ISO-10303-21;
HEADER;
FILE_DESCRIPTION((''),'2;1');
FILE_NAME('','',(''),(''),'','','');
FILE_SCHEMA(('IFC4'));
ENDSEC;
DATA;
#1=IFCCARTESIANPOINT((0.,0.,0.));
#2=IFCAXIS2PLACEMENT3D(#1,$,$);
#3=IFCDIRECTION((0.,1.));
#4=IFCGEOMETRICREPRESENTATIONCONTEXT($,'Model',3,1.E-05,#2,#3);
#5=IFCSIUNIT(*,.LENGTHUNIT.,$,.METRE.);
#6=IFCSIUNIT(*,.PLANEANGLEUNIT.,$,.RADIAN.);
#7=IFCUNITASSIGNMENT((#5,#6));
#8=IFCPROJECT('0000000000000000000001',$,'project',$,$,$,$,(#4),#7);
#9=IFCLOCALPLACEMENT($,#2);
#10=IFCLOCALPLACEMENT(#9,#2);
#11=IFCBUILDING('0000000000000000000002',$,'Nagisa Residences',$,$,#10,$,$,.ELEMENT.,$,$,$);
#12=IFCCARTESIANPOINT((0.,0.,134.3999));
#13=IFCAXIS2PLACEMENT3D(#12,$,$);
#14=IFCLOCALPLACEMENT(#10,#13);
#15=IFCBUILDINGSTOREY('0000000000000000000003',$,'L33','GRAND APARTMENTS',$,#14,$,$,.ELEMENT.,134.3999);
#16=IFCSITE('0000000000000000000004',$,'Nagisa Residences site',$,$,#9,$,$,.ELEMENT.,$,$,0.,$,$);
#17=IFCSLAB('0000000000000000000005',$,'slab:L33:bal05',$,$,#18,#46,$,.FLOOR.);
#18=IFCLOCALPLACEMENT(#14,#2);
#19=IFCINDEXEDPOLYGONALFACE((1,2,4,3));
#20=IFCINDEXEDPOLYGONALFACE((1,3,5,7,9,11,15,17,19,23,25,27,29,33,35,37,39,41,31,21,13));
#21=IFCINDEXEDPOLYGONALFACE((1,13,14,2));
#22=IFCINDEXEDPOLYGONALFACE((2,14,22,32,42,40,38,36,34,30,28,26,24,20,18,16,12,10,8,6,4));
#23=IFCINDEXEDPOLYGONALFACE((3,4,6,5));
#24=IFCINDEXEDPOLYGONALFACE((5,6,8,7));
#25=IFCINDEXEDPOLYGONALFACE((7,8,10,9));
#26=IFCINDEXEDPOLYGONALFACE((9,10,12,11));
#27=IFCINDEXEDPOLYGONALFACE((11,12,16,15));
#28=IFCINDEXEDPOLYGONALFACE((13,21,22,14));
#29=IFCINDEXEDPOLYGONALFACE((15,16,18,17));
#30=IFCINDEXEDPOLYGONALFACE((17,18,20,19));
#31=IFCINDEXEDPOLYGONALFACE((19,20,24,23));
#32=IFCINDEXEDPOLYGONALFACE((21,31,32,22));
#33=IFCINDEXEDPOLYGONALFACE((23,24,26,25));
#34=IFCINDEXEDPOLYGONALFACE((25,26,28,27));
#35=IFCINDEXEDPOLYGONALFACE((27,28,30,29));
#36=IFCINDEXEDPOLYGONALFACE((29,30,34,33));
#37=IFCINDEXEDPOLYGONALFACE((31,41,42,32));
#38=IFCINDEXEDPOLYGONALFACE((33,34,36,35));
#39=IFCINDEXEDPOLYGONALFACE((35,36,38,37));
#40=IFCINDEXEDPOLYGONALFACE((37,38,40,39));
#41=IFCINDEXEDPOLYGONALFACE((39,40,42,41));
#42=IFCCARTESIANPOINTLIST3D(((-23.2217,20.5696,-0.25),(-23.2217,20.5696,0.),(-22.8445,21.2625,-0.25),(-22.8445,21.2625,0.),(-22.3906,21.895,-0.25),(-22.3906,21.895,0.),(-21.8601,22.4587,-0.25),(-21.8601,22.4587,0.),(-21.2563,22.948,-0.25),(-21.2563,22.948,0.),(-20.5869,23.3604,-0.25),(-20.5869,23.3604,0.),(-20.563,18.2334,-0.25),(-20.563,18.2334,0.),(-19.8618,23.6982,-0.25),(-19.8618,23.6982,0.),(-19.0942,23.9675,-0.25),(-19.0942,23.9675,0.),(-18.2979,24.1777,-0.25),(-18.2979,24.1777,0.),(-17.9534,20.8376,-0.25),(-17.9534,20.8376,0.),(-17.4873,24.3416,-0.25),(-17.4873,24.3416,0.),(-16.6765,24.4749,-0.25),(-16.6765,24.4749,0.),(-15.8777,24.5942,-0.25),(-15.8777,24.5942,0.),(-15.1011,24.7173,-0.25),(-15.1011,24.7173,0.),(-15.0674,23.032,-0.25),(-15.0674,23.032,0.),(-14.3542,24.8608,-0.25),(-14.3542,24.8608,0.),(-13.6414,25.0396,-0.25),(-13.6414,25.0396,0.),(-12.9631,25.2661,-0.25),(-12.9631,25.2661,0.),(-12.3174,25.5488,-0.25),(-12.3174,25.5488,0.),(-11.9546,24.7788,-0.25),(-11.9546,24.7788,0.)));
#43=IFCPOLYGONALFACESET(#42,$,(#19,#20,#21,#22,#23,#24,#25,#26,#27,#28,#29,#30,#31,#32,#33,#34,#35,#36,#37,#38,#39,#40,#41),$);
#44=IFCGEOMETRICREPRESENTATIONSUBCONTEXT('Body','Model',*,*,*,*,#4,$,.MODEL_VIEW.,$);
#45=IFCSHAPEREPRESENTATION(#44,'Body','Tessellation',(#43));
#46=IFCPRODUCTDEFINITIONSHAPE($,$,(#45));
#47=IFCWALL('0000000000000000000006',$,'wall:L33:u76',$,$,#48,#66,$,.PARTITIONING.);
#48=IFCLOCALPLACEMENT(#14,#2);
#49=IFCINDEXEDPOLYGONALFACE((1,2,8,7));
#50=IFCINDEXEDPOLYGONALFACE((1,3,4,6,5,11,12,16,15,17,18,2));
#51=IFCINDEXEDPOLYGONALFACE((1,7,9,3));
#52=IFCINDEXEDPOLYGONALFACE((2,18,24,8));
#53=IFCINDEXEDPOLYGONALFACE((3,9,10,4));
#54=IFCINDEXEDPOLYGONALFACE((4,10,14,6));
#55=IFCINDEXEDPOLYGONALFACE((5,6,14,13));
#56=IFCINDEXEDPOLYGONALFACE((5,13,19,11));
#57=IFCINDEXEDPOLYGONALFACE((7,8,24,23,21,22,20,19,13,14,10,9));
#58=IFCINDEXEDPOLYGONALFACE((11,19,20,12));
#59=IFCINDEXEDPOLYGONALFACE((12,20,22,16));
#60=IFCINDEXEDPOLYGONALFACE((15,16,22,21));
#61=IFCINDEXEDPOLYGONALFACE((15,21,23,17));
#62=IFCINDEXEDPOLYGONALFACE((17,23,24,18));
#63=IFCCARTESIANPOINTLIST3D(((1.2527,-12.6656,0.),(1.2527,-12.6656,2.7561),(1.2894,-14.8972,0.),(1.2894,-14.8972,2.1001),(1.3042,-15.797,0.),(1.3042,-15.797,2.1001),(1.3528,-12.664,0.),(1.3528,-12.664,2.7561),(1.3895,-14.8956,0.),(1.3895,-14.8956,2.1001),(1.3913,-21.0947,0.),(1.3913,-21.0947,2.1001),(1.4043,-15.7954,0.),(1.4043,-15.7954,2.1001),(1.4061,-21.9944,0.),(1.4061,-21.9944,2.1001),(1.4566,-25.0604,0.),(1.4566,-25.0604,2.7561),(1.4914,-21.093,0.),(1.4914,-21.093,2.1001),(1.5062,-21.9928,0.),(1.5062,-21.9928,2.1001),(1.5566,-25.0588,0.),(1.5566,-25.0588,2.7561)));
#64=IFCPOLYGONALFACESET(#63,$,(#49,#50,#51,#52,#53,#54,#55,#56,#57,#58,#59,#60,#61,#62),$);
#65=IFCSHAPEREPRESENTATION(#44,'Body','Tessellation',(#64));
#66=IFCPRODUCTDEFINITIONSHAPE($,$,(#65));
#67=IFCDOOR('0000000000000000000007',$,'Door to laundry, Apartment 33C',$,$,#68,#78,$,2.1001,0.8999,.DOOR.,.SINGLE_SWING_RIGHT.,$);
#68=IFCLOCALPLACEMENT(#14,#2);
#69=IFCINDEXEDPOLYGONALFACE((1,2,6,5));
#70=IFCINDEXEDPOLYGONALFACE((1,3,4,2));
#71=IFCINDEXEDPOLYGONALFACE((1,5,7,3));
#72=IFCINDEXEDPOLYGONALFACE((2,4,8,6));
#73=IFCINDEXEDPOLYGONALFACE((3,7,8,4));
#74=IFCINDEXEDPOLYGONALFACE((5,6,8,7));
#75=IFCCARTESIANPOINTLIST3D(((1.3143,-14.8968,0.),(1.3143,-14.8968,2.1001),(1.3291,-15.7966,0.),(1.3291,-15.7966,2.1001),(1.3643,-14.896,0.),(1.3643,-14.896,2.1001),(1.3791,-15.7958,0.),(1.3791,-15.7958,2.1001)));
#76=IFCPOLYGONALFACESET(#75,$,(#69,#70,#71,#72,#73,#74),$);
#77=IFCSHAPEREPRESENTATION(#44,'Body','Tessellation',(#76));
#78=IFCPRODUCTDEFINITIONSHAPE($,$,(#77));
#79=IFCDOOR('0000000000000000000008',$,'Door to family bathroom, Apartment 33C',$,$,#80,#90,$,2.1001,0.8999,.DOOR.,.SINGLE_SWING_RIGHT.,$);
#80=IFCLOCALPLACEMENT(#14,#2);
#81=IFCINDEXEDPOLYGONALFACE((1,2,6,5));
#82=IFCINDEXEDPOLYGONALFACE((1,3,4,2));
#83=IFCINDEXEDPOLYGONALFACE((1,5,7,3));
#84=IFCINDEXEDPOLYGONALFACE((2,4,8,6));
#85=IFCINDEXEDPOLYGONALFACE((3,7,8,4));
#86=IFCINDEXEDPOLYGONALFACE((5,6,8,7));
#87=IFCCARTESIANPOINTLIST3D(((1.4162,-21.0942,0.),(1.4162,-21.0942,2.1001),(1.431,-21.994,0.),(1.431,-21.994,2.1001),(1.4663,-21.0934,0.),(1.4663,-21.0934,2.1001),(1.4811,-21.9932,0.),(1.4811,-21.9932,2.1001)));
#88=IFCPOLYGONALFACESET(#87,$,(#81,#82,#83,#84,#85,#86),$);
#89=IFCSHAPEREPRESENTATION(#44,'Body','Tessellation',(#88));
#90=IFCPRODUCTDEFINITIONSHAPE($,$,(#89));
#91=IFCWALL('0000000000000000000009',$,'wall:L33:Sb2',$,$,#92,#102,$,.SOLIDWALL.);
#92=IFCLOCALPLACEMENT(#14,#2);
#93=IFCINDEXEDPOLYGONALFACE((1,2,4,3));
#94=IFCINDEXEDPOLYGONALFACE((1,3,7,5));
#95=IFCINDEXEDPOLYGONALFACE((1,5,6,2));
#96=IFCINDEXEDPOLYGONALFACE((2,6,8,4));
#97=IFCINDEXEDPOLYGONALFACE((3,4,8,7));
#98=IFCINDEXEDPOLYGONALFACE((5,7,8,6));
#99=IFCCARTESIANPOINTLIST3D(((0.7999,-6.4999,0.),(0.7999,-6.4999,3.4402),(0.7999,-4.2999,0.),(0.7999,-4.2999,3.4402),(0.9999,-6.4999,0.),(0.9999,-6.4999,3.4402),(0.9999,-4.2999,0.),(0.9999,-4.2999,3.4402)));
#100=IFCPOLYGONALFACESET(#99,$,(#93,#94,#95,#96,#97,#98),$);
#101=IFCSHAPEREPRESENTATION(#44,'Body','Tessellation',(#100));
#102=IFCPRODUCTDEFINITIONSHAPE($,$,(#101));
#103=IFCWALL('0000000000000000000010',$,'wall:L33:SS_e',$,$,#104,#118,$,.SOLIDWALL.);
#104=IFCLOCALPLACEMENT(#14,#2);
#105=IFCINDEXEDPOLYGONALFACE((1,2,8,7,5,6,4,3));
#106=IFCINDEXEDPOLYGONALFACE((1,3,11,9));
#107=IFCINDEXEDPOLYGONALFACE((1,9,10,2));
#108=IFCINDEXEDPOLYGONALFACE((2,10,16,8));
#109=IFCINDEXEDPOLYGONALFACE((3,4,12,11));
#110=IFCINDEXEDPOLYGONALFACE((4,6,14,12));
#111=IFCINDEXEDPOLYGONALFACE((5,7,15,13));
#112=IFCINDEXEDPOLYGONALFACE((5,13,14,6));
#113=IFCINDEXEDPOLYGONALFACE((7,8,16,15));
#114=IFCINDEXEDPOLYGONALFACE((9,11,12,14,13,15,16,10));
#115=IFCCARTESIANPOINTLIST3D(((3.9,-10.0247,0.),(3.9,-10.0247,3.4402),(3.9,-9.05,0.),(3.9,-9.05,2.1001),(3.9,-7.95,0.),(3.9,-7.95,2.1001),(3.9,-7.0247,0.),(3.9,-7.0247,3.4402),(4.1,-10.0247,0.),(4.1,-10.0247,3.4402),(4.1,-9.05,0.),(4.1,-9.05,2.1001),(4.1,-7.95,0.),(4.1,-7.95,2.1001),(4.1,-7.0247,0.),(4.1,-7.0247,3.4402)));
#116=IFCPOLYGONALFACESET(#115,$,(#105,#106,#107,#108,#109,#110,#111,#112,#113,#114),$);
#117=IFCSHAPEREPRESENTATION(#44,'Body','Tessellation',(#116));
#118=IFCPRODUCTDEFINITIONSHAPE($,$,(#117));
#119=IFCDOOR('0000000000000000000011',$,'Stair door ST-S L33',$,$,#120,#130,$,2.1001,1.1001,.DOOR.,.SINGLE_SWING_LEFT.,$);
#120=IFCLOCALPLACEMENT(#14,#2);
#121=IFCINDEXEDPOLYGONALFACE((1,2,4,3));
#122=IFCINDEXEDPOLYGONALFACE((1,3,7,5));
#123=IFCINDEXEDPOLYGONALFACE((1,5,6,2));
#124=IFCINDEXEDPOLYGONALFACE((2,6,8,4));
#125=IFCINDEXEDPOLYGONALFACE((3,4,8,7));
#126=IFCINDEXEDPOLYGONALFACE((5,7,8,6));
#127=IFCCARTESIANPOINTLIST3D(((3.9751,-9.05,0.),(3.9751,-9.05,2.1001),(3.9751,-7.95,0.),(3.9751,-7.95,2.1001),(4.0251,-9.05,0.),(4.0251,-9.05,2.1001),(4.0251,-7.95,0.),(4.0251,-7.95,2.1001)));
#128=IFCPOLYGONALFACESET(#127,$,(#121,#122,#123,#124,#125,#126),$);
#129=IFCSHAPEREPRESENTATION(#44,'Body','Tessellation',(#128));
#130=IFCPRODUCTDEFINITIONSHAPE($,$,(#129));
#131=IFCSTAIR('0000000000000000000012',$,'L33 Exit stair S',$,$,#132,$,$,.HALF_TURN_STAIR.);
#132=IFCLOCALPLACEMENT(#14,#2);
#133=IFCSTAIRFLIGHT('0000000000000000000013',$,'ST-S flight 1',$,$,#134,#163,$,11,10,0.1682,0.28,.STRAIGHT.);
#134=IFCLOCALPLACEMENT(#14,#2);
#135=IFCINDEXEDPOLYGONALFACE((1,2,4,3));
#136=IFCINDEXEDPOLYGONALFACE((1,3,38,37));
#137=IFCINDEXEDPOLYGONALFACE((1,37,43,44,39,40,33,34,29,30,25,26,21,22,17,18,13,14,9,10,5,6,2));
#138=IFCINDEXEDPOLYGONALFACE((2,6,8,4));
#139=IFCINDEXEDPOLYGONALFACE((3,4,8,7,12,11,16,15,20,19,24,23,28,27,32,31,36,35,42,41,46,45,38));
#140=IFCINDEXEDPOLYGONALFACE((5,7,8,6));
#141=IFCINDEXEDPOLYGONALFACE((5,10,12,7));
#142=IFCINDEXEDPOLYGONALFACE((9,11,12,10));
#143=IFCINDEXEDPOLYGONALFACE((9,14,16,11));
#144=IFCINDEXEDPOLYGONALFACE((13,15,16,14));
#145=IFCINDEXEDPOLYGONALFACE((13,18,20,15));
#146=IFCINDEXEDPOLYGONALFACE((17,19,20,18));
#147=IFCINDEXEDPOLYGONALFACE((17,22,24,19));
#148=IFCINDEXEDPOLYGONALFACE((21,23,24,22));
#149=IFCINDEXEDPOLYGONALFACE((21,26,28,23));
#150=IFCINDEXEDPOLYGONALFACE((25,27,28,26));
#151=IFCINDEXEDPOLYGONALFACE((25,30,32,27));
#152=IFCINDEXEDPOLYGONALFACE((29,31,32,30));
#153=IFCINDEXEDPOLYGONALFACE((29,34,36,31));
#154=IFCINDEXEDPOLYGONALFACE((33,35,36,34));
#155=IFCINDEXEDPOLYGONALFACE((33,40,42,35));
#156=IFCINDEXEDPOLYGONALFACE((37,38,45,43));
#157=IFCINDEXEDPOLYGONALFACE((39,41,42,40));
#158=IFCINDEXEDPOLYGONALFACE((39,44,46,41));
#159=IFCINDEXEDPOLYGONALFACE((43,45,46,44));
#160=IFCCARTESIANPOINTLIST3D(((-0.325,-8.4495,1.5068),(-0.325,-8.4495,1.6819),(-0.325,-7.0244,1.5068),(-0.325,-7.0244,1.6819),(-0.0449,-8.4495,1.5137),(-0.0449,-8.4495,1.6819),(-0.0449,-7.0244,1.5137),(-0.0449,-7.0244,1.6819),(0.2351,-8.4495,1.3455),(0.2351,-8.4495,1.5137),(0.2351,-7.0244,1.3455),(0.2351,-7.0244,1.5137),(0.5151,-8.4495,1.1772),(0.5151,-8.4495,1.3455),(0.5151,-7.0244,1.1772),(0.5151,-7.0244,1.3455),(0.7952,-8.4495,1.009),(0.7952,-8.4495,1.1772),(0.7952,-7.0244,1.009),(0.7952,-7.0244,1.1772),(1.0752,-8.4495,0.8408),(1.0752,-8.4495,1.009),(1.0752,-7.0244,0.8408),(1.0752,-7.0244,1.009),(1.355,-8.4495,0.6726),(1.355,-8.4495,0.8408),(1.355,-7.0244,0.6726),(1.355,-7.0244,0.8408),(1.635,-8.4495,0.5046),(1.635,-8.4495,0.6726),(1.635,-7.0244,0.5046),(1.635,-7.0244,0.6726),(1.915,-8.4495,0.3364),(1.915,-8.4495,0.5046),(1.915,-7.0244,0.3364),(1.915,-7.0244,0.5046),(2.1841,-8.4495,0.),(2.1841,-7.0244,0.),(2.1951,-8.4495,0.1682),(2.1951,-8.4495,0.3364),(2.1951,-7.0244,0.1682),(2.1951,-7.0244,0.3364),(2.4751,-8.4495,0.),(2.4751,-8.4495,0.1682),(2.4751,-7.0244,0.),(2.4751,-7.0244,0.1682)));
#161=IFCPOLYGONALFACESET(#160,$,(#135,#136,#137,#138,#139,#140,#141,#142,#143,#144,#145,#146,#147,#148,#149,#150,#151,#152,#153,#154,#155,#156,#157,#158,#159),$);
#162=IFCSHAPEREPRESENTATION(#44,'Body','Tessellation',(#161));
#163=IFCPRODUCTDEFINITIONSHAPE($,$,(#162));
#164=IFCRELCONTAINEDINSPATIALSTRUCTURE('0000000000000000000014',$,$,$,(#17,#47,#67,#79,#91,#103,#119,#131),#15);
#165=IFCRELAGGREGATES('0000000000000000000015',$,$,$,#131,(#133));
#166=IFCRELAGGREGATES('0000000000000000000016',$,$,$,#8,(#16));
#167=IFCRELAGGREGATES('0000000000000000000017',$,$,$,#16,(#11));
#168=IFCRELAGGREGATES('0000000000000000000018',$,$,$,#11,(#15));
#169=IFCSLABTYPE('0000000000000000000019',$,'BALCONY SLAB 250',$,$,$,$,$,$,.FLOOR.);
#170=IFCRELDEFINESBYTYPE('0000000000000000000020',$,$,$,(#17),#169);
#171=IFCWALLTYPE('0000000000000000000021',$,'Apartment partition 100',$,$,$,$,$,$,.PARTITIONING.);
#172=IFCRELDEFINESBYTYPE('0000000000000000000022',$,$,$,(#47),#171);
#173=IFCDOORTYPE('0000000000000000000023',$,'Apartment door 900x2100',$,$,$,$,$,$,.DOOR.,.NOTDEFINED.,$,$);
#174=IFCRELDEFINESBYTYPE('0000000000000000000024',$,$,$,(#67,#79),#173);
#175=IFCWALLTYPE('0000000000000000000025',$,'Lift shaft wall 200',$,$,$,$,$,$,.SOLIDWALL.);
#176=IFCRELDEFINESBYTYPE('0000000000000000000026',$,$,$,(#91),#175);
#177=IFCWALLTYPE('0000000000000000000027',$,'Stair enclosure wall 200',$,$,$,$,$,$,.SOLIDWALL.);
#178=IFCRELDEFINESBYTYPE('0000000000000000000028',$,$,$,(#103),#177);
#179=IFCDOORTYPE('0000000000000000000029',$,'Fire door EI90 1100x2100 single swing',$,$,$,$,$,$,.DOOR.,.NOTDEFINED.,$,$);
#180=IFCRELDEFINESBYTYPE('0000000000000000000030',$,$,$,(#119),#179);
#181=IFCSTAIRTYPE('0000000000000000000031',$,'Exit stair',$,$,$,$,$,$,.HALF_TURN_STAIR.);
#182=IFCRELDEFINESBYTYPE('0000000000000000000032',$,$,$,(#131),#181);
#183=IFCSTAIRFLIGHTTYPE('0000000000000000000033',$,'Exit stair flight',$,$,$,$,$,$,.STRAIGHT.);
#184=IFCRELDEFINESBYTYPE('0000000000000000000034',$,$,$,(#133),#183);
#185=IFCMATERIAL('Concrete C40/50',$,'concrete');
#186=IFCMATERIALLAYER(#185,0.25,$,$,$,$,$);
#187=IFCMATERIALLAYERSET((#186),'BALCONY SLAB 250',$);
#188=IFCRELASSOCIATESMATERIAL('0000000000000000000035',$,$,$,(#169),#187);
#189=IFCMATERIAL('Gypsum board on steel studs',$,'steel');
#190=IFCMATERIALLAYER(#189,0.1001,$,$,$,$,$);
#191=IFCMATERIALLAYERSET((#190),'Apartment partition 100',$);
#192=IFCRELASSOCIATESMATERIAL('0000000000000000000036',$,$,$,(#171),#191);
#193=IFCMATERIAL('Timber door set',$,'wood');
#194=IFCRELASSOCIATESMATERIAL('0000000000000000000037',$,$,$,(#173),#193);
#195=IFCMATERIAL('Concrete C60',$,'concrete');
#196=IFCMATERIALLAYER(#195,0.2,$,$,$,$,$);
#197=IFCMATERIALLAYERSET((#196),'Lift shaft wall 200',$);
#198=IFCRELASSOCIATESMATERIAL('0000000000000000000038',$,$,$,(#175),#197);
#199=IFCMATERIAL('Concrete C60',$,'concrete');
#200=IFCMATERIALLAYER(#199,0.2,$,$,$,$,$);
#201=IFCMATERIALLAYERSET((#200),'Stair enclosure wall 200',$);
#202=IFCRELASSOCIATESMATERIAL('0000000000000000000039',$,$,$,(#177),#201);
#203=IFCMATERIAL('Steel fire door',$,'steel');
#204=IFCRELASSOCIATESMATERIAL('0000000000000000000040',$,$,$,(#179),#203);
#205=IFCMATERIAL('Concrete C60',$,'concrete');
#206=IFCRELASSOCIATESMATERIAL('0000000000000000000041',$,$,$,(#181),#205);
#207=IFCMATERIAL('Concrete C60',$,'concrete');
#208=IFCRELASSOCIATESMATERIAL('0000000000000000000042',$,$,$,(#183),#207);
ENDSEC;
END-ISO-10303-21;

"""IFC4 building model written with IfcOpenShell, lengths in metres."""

from ifc_helpers import new_model, si_unit, direction, frame, frame_2d, origin, place, context, subcontext, project, spatial, polyline, rectangle, outline, extrude, material, layer, layer_set, type_object, element, fill, aggregate, save


model = new_model("IFC4")

# Units and contexts
model_context = context("Model", 3, precision=1e-05, world=origin(), true_north=direction((0.0, 1.0)))
body_context = subcontext(model_context, "Body", "Model", "MODEL_VIEW")
ifc_project = project(units=[si_unit("LENGTHUNIT", "METRE"), si_unit("PLANEANGLEUNIT", "RADIAN")], contexts=[model_context])

# Site, building, storey
site_placement = place(None, origin())
site = spatial("IfcSite", under=ifc_project, at=site_placement, Name="Nagisa Residences site", CompositionType="ELEMENT", RefElevation=0.0)
building_placement = place(site_placement, origin())
building = spatial("IfcBuilding", under=site, at=building_placement, Name="Nagisa Residences", CompositionType="ELEMENT")
storey_placement = place(building_placement, frame((0.0, 0.0, 134.3999)))
storey = spatial("IfcBuildingStorey", under=building, at=storey_placement, Name="L33", Description="GRAND APARTMENTS", CompositionType="ELEMENT", Elevation=134.3999)

# Slab
ifc_material_1 = material(Name="Concrete C40/50", Category="concrete")
ifc_layer_1 = layer(ifc_material_1, 0.25)
ifc_layer_set_1 = layer_set([ifc_layer_1], Name="BALCONY SLAB 250")
slab_type = type_object("IfcSlabType", Name="BALCONY SLAB 250", PredefinedType="FLOOR", material=ifc_layer_set_1)
slab_1_placement = place(storey_placement, frame((0.0, 0.0, -0.25)))
element("IfcSlab", 1, at=slab_1_placement, inside=storey, type_object=slab_type, Name="slab:L33:bal05", PredefinedType="FLOOR", context=body_context, shape_type="SweptSolid", body=[
    extrude(outline(polyline([(-12.3174, 25.5488), (-12.9631, 25.2661), (-13.6414, 25.0396), (-14.3542, 24.8608), (-15.1011, 24.7173), (-15.8777, 24.5942), (-16.6765, 24.4749), (-17.4873, 24.3416), (-18.2979, 24.1777), (-19.0942, 23.9675), (-19.8618, 23.6982), (-20.5869, 23.3604), (-21.2563, 22.948), (-21.8601, 22.4587), (-22.3906, 21.895), (-22.8445, 21.2625), (-23.2217, 20.5696), (-20.563, 18.2334), (-17.9534, 20.8376), (-15.0674, 23.032), (-11.9546, 24.7788), (-12.3174, 25.5488)])), origin(), (0.0, 0.0, 1.0), 0.25),
])

# Wall, openings, doors
ifc_material_2 = material(Name="Gypsum board on steel studs", Category="steel")
ifc_layer_2 = layer(ifc_material_2, 0.1001)
ifc_layer_set_2 = layer_set([ifc_layer_2], Name="Apartment partition 100")
wall_type_1 = type_object("IfcWallType", Name="Apartment partition 100", PredefinedType="PARTITIONING", material=ifc_layer_set_2)
wall_1_placement = place(storey_placement, frame((1.3027, -12.6648, 0.0), z_axis=(0.0, 0.0, 1.0), x_axis=(0.016445, -0.999865, 0.0)))
wall_1 = element("IfcWall", 2, at=wall_1_placement, inside=storey, type_object=wall_type_1, Name="wall:L33:u76", PredefinedType="PARTITIONING", context=body_context, shape_type="SweptSolid", body=[
    extrude(rectangle(XDim=12.3965, YDim=0.1001, at=frame_2d((6.1982, 0.0))), origin(), (0.0, 0.0, 1.0), 2.7561),
])
opening_1_placement = place(wall_1_placement, frame((2.2319, 0.0, 0.0)))
opening_1 = element("IfcOpeningElement", 3, at=opening_1_placement, cuts=wall_1, PredefinedType="OPENING", context=body_context, shape_type="SweptSolid", body=[
    extrude(rectangle(XDim=0.8999, YDim=2.1001, at=frame_2d((0.45, 1.05))), frame((0.0, 0.0601, 0.0), z_axis=(0.0, -1.0, 0.0), x_axis=(1.0, 0.0, 0.0)), (0.0, 0.0, 1.0), 0.1201),
])
opening_2_placement = place(wall_1_placement, frame((8.4302, 0.0, 0.0)))
opening_2 = element("IfcOpeningElement", 4, at=opening_2_placement, cuts=wall_1, PredefinedType="OPENING", context=body_context, shape_type="SweptSolid", body=[
    extrude(rectangle(XDim=0.8999, YDim=2.1001, at=frame_2d((0.45, 1.05))), frame((0.0, 0.0601, 0.0), z_axis=(0.0, -1.0, 0.0), x_axis=(1.0, 0.0, 0.0)), (0.0, 0.0, 1.0), 0.1201),
])
ifc_material_3 = material(Name="Timber door set", Category="wood")
door_type_1 = type_object("IfcDoorType", Name="Apartment door 900x2100", OperationType="NOTDEFINED", PredefinedType="DOOR", material=ifc_material_3)
door_1_placement = place(opening_1_placement, origin())
door_1 = element("IfcDoor", 5, at=door_1_placement, inside=storey, type_object=door_type_1, Name="Door to laundry, Apartment 33C", OperationType="SINGLE_SWING_RIGHT", OverallHeight=2.1001, OverallWidth=0.8999, PredefinedType="DOOR", context=body_context, shape_type="SweptSolid", body=[
    extrude(rectangle(XDim=0.8999, YDim=2.1001, at=frame_2d((0.45, 1.05))), frame((0.0, 0.0249, 0.0), z_axis=(0.0, -1.0, 0.0), x_axis=(1.0, 0.0, 0.0)), (0.0, 0.0, 1.0), 0.05),
])
fill(opening_1, door_1)
door_2_placement = place(opening_2_placement, origin())
door_2 = element("IfcDoor", 6, at=door_2_placement, inside=storey, type_object=door_type_1, Name="Door to family bathroom, Apartment 33C", OperationType="SINGLE_SWING_RIGHT", OverallHeight=2.1001, OverallWidth=0.8999, PredefinedType="DOOR", context=body_context, shape_type="SweptSolid", body=[
    extrude(rectangle(XDim=0.8999, YDim=2.1001, at=frame_2d((0.45, 1.05))), frame((0.0, 0.0249, 0.0), z_axis=(0.0, -1.0, 0.0), x_axis=(1.0, 0.0, 0.0)), (0.0, 0.0, 1.0), 0.05),
])
fill(opening_2, door_2)

# Wall
ifc_material_4 = material(Name="Concrete C60", Category="concrete")
ifc_layer_3 = layer(ifc_material_4, 0.2)
ifc_layer_set_3 = layer_set([ifc_layer_3], Name="Lift shaft wall 200")
wall_type_2 = type_object("IfcWallType", Name="Lift shaft wall 200", PredefinedType="SOLIDWALL", material=ifc_layer_set_3)
wall_2_placement = place(storey_placement, frame((0.8999, -6.5, 0.0), z_axis=(0.0, 0.0, 1.0), x_axis=(0.0, 1.0, 0.0)))
element("IfcWall", 7, at=wall_2_placement, inside=storey, type_object=wall_type_2, Name="wall:L33:Sb2", PredefinedType="SOLIDWALL", context=body_context, shape_type="SweptSolid", body=[
    extrude(rectangle(XDim=2.2, YDim=0.2, at=frame_2d((1.1001, 0.0))), origin(), (0.0, 0.0, 1.0), 3.4402),
])

# Wall, opening, door
ifc_material_5 = material(Name="Concrete C60", Category="concrete")
ifc_layer_4 = layer(ifc_material_5, 0.2)
ifc_layer_set_4 = layer_set([ifc_layer_4], Name="Stair enclosure wall 200")
wall_type_3 = type_object("IfcWallType", Name="Stair enclosure wall 200", PredefinedType="SOLIDWALL", material=ifc_layer_set_4)
wall_3_placement = place(storey_placement, frame((4.0, -10.0247, 0.0), z_axis=(0.0, 0.0, 1.0), x_axis=(0.0, 1.0, 0.0)))
wall_3 = element("IfcWall", 8, at=wall_3_placement, inside=storey, type_object=wall_type_3, Name="wall:L33:SS_e", PredefinedType="SOLIDWALL", context=body_context, shape_type="SweptSolid", body=[
    extrude(rectangle(XDim=3.0, YDim=0.2, at=frame_2d((1.5, 0.0))), origin(), (0.0, 0.0, 1.0), 3.4402),
])
opening_3_placement = place(wall_3_placement, frame((0.9746, 0.0, 0.0)))
opening_3 = element("IfcOpeningElement", 9, at=opening_3_placement, cuts=wall_3, PredefinedType="OPENING", context=body_context, shape_type="SweptSolid", body=[
    extrude(rectangle(XDim=1.1001, YDim=2.1001, at=frame_2d((0.55, 1.05))), frame((0.0, 0.1099, 0.0), z_axis=(0.0, -1.0, 0.0), x_axis=(1.0, 0.0, 0.0)), (0.0, 0.0, 1.0), 0.22),
])
ifc_material_6 = material(Name="Steel fire door", Category="steel")
door_type_2 = type_object("IfcDoorType", Name="Fire door EI90 1100x2100 single swing", OperationType="NOTDEFINED", PredefinedType="DOOR", material=ifc_material_6)
door_3_placement = place(opening_3_placement, origin())
door_3 = element("IfcDoor", 10, at=door_3_placement, inside=storey, type_object=door_type_2, Name="Stair door ST-S L33", OperationType="SINGLE_SWING_LEFT", OverallHeight=2.1001, OverallWidth=1.1001, PredefinedType="DOOR", context=body_context, shape_type="SweptSolid", body=[
    extrude(rectangle(XDim=1.1001, YDim=2.1001, at=frame_2d((0.55, 1.05))), frame((0.0, 0.0249, 0.0), z_axis=(0.0, -1.0, 0.0), x_axis=(1.0, 0.0, 0.0)), (0.0, 0.0, 1.0), 0.05),
])
fill(opening_3, door_3)

# Stair, stair flight
ifc_material_7 = material(Name="Concrete C60", Category="concrete")
stair_type = type_object("IfcStairType", Name="Exit stair", PredefinedType="HALF_TURN_STAIR", material=ifc_material_7)
stair_placement = place(storey_placement, origin())
stair = element("IfcStair", 11, at=stair_placement, inside=storey, type_object=stair_type, Name="L33 Exit stair S", PredefinedType="HALF_TURN_STAIR")
ifc_material_8 = material(Name="Concrete C60", Category="concrete")
stair_flight_type = type_object("IfcStairFlightType", Name="Exit stair flight", PredefinedType="STRAIGHT", material=ifc_material_8)
stair_flight_placement = place(storey_placement, frame((2.4751, -7.7371, 0.0), z_axis=(0.0, 0.0, 1.0), x_axis=(-1.0, 0.0, 0.0)))
stair_flight = element("IfcStairFlight", 12, at=stair_flight_placement, type_object=stair_flight_type, Name="ST-S flight 1", NumberOfRisers=11, NumberOfTreads=10, PredefinedType="STRAIGHT", RiserHeight=0.1682, TreadLength=0.28, context=body_context, shape_type="SweptSolid", body=[
    extrude(outline(polyline([(0.0, 0.0), (0.0, 0.1682), (0.28, 0.1682), (0.28, 0.3364), (0.5601, 0.3364), (0.5601, 0.5046), (0.8401, 0.5046), (0.8401, 0.6726), (1.1201, 0.6726), (1.1201, 0.8408), (1.3999, 0.8408), (1.3999, 1.009), (1.6799, 1.009), (1.6799, 1.1772), (1.96, 1.1772), (1.96, 1.3455), (2.24, 1.3455), (2.24, 1.5137), (2.52, 1.5137), (2.52, 1.6819), (2.8, 1.6819), (2.8, 1.8501), (2.8, 1.5068), (0.291, 0.0), (0.0, 0.0)])), frame((0.0, 0.7124, 0.0), z_axis=(0.0, -1.0, 0.0), x_axis=(1.0, 0.0, 0.0)), (0.0, 0.0, 1.0), 1.425),
])
aggregate(stair, [stair_flight])

save(model, "model.ifc")
